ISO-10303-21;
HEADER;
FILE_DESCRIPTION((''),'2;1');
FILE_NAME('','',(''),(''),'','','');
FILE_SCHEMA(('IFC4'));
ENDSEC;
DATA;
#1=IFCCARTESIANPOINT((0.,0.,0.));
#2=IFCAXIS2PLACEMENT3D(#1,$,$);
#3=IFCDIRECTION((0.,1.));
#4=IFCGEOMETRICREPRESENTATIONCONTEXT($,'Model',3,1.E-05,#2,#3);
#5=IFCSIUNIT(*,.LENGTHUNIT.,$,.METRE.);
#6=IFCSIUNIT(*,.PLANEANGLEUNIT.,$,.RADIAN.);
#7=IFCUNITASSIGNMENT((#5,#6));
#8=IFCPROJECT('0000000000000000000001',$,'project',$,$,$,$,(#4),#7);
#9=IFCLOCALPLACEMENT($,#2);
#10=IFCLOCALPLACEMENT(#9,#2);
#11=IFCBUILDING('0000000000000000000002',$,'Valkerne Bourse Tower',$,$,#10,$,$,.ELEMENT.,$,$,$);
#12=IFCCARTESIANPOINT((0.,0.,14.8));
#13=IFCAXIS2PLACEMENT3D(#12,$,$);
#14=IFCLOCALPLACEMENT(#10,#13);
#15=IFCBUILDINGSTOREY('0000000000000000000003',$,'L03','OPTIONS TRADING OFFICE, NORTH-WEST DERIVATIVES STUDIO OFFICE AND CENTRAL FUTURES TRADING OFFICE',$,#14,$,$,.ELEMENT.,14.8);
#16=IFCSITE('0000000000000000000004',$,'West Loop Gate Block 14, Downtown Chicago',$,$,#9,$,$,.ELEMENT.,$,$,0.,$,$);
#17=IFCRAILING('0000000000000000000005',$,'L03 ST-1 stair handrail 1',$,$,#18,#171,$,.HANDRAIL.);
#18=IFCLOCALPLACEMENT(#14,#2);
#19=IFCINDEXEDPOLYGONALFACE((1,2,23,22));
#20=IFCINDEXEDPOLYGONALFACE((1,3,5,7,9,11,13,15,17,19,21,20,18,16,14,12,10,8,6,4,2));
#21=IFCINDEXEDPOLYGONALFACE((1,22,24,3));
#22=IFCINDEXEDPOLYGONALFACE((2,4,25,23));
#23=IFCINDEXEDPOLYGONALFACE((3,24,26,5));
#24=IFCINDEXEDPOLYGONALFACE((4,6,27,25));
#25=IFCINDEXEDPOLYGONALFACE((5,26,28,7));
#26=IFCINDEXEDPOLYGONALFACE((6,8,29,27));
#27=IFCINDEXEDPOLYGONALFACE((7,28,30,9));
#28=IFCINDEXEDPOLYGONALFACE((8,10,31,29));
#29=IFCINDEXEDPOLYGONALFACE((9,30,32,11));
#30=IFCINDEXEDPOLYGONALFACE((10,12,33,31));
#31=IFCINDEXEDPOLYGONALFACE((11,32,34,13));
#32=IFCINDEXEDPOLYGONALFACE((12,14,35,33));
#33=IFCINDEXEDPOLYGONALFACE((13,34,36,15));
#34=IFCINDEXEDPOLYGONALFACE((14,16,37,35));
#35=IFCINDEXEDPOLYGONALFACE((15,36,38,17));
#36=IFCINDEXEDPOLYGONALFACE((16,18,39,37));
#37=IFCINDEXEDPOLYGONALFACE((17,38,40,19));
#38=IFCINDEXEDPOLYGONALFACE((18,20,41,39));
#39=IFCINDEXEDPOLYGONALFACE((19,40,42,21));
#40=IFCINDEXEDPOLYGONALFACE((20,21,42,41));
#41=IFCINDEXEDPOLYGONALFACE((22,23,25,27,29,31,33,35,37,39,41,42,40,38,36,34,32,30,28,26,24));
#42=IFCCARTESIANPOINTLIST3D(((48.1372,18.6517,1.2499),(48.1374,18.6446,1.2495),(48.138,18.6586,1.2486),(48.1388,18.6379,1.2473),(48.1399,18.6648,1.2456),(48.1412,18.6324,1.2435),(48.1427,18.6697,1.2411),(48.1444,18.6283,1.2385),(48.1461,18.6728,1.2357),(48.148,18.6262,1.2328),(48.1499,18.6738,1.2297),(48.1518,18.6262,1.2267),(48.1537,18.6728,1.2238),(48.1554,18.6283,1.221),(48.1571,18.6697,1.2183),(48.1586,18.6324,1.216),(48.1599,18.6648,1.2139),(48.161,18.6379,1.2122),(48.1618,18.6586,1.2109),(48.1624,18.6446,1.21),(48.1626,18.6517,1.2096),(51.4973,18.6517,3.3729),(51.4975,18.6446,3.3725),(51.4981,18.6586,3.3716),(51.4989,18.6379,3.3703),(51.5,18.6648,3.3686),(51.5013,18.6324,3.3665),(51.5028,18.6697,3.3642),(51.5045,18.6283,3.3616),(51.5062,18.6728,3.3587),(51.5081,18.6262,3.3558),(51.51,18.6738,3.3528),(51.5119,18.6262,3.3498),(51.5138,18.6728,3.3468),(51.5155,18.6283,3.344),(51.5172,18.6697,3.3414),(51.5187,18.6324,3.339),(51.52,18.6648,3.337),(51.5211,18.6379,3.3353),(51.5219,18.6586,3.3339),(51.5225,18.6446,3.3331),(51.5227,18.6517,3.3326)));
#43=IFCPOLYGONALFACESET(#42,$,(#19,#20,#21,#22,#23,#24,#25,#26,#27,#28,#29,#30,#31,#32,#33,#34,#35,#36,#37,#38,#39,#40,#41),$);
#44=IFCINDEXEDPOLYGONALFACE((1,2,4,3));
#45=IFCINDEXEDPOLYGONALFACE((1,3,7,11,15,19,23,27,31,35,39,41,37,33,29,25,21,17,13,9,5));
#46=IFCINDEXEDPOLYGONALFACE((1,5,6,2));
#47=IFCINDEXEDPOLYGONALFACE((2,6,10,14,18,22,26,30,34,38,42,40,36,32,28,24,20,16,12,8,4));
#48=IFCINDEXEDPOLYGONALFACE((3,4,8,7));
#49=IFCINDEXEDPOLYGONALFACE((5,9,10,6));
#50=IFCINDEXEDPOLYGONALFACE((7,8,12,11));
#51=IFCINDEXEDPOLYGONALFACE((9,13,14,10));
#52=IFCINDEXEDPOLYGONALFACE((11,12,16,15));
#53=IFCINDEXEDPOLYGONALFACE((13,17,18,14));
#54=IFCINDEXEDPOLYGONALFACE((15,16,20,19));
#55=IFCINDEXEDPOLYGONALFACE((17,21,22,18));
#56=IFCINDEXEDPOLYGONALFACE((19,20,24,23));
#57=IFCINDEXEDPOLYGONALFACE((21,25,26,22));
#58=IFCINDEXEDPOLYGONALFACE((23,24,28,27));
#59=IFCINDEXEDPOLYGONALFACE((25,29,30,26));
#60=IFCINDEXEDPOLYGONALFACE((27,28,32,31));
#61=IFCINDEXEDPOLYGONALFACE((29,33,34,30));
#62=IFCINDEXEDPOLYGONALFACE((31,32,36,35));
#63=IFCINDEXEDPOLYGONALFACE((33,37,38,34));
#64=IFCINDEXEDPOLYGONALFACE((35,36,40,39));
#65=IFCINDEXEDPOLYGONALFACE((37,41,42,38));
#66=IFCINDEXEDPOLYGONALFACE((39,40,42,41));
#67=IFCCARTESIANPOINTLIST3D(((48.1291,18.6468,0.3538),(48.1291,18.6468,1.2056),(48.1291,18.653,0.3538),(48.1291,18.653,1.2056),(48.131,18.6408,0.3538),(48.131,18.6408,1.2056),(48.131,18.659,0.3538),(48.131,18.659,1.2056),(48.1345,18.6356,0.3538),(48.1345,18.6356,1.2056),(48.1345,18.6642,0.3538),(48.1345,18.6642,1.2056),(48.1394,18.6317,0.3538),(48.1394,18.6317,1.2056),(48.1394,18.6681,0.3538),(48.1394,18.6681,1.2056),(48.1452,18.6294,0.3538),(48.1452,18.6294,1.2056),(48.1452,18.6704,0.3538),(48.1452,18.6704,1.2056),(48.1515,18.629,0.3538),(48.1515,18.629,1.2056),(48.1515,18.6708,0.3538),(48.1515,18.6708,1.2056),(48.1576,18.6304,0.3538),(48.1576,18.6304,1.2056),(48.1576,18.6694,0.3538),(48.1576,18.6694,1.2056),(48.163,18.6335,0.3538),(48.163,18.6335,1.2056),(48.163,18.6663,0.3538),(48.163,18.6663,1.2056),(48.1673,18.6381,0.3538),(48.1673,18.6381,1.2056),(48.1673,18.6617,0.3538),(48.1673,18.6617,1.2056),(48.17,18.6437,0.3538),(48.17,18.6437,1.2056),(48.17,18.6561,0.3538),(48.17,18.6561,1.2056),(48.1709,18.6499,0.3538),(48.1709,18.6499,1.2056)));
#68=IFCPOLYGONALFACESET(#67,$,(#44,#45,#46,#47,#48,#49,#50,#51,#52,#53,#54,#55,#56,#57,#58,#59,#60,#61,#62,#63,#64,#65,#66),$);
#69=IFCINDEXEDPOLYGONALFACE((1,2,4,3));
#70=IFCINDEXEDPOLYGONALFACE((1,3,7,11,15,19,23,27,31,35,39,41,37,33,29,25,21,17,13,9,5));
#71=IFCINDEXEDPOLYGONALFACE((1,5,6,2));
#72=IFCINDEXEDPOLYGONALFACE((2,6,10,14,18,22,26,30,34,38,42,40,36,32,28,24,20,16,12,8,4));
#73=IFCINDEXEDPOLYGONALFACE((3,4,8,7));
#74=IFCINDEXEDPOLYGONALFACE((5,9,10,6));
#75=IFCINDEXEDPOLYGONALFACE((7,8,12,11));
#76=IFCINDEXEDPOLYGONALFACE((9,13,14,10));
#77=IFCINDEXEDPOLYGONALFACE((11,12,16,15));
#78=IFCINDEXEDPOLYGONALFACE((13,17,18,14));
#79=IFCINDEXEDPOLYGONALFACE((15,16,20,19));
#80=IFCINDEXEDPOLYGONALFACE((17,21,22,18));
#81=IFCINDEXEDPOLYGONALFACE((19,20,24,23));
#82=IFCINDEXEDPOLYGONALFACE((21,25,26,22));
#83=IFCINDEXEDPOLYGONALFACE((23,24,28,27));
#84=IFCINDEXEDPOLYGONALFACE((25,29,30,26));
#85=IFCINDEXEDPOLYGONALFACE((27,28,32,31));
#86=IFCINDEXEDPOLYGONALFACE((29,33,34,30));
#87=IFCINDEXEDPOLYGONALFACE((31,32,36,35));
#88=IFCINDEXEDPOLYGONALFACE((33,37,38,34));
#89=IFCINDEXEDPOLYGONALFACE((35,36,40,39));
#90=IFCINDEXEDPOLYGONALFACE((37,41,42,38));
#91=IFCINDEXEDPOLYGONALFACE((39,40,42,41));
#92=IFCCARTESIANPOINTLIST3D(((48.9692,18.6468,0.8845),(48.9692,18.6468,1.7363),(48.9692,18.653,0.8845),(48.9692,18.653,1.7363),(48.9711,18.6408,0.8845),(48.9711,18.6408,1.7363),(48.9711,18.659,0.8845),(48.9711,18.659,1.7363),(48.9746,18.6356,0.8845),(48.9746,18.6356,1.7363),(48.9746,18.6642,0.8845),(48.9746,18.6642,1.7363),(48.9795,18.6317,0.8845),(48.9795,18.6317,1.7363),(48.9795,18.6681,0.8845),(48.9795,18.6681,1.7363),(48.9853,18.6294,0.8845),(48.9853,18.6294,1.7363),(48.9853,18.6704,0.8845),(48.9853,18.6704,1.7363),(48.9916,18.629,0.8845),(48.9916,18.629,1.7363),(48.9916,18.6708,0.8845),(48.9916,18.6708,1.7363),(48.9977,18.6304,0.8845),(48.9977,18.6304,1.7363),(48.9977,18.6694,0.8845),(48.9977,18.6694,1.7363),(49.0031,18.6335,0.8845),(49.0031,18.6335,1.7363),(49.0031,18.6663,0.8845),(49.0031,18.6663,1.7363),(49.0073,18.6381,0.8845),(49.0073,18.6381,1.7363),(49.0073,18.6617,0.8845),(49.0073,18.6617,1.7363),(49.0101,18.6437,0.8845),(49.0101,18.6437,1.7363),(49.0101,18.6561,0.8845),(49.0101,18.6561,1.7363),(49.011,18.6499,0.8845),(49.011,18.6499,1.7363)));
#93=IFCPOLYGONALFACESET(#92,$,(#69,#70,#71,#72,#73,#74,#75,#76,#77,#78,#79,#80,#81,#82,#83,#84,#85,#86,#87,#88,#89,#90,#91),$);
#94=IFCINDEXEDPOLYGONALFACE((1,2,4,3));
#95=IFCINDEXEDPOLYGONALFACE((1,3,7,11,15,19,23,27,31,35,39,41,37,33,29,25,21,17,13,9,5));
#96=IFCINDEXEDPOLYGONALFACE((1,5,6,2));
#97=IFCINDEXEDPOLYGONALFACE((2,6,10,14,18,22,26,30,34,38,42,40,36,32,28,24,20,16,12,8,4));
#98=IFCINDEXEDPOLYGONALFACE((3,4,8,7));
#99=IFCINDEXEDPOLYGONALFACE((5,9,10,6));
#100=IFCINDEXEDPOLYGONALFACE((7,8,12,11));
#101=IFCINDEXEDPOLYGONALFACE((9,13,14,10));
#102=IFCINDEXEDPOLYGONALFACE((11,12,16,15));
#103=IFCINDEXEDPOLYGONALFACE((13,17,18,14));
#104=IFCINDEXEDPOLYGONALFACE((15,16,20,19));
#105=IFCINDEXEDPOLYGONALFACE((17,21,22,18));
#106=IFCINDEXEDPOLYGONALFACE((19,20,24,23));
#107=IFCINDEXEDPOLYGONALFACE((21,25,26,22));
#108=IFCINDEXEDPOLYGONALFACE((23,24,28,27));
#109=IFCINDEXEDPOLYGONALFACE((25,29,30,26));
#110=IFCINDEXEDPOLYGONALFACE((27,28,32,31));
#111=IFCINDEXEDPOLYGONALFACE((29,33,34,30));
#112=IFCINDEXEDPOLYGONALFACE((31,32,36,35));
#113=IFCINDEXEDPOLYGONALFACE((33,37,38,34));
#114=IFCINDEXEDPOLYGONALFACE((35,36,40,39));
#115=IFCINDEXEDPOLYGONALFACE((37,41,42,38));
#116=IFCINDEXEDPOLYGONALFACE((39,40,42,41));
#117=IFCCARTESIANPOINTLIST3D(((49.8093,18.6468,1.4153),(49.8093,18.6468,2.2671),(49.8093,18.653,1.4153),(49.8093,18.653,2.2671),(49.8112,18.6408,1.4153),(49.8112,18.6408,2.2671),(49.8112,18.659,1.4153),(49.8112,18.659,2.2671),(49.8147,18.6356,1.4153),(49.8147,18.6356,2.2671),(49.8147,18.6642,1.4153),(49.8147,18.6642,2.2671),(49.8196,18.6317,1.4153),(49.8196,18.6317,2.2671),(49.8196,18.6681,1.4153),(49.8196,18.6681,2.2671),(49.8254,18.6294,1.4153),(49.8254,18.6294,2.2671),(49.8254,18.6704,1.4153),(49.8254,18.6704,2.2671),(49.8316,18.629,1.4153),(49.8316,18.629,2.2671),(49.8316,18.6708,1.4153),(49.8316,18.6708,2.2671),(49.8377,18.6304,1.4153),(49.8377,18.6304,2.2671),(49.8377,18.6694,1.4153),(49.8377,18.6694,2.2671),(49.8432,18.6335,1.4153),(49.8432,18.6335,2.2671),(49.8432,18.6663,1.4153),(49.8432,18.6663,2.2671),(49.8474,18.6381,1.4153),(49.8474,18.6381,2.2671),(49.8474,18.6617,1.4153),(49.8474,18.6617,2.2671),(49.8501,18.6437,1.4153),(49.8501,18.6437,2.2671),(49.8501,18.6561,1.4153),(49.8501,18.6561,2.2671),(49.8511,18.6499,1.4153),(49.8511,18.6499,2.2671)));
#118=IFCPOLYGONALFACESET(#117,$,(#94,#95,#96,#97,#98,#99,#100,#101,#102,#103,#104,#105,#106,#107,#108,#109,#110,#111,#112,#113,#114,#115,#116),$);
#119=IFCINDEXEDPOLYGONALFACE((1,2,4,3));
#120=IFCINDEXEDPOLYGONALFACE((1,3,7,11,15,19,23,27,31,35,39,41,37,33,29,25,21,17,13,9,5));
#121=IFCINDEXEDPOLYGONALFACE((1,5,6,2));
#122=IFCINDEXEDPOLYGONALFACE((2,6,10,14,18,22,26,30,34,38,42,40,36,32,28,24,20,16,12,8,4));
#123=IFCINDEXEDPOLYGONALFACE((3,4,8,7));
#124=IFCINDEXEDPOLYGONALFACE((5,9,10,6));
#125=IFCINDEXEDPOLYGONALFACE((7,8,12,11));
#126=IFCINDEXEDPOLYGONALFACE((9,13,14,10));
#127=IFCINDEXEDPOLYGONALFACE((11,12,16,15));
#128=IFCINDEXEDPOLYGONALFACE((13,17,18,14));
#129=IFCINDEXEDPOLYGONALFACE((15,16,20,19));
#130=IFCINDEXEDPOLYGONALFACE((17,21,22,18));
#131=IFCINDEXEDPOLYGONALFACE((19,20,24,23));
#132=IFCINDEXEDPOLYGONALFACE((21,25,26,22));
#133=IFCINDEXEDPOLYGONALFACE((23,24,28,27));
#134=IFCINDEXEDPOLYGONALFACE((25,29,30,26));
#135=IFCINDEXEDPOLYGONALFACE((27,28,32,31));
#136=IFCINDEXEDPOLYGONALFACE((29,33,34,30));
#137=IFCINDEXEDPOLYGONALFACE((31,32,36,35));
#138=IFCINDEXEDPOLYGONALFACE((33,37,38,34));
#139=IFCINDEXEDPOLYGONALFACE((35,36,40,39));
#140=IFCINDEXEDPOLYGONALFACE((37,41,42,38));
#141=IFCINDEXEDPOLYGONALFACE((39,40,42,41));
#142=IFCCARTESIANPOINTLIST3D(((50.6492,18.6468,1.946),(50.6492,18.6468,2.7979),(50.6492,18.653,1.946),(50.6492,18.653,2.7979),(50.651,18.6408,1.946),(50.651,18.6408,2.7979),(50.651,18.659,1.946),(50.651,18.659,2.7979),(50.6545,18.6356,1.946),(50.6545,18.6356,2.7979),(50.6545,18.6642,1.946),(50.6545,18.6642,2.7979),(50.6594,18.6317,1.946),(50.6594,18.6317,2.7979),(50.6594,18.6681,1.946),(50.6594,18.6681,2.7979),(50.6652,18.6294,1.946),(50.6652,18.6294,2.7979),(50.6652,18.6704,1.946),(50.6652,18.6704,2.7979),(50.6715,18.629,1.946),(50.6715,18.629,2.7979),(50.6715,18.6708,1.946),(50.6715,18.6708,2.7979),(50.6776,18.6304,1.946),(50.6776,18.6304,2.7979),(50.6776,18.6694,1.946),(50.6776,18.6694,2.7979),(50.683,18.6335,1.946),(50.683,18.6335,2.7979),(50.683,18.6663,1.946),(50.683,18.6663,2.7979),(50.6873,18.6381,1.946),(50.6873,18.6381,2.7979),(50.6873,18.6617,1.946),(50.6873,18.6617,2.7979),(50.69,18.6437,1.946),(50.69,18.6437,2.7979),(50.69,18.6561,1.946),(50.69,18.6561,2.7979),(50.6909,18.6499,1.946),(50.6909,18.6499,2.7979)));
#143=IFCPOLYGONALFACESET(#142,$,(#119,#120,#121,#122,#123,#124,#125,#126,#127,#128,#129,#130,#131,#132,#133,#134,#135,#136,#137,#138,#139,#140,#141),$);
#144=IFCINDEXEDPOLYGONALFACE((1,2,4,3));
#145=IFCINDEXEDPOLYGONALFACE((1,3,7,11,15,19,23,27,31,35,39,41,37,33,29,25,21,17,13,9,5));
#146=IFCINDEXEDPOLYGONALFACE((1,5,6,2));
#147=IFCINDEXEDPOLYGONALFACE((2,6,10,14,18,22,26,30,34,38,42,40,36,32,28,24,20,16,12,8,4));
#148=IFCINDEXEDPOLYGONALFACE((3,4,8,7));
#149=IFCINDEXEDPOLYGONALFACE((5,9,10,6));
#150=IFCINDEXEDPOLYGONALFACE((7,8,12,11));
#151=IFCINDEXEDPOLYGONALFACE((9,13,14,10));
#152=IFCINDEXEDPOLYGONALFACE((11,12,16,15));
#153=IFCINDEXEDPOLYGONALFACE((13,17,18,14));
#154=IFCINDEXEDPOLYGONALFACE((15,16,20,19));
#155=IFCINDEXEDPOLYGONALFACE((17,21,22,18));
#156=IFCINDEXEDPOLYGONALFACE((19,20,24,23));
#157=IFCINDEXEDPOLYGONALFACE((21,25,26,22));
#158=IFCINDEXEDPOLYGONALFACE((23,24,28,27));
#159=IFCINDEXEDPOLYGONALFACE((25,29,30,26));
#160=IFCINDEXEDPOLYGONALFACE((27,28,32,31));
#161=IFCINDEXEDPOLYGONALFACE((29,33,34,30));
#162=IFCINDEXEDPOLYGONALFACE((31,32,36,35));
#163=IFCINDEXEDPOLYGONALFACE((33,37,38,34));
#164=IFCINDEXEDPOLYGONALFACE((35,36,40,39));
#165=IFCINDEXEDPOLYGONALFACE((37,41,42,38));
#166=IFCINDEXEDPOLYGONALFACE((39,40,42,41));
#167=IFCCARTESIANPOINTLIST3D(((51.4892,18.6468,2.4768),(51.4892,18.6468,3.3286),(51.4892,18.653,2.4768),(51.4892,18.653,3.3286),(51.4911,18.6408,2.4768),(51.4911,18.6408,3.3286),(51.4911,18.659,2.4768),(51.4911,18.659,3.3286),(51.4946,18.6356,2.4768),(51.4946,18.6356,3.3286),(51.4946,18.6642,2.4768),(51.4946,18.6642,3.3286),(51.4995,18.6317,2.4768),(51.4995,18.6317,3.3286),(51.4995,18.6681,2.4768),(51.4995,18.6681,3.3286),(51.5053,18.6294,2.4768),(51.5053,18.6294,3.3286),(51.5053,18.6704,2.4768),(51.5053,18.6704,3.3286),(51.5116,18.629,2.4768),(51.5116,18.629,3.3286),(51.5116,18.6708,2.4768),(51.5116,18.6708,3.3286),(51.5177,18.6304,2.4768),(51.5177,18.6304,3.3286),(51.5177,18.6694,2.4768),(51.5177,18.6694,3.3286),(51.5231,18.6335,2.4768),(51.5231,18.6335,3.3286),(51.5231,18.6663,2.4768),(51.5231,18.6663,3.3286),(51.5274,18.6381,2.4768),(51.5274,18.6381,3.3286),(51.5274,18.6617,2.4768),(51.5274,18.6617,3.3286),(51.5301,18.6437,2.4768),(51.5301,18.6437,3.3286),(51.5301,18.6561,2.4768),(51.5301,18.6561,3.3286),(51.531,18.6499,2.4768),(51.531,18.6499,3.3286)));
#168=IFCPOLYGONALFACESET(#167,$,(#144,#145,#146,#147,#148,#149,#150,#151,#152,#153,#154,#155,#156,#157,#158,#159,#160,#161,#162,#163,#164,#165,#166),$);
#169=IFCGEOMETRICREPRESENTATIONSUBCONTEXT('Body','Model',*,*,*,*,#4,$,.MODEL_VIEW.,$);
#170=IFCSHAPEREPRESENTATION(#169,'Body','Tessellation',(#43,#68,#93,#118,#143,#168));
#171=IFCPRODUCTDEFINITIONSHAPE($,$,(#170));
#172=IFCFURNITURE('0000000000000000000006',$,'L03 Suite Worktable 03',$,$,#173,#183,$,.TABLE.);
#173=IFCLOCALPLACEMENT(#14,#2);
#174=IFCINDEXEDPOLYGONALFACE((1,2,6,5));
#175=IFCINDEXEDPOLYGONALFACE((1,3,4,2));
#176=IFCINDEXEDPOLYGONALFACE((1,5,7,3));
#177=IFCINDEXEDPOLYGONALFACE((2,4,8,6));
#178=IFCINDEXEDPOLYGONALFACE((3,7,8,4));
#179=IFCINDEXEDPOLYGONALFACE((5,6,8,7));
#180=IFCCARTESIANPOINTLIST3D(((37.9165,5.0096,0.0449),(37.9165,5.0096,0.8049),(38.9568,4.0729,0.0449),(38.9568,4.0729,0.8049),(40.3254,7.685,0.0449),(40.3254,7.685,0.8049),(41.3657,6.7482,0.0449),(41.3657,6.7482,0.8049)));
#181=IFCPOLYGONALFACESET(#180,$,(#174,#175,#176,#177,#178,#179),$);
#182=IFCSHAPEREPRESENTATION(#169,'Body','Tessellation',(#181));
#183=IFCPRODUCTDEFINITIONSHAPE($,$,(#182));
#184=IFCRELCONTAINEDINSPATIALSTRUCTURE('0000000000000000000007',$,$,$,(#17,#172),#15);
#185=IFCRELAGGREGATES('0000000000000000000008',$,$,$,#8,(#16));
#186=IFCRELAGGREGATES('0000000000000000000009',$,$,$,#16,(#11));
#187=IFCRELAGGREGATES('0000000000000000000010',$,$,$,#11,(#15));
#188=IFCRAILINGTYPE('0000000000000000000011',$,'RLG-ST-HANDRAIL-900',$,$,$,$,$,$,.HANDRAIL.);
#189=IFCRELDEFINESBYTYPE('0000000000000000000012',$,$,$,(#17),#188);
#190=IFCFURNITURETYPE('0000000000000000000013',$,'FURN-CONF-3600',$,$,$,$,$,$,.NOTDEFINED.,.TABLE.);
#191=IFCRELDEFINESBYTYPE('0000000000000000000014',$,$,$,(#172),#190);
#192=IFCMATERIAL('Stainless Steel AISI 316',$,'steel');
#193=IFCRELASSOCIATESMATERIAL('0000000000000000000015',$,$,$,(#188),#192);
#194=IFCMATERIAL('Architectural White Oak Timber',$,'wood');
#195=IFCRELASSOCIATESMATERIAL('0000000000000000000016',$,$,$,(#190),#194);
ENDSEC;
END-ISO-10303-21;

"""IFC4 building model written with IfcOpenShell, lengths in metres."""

from ifc_helpers import new_model, si_unit, direction, frame, origin, origin_2d, place, context, subcontext, project, spatial, rectangle, circle, extrude, material, type_object, element, save


model = new_model("IFC4")

# Units and contexts
model_context = context("Model", 3, precision=1e-05, world=origin(), true_north=direction((0.0, 1.0)))
body_context = subcontext(model_context, "Body", "Model", "MODEL_VIEW")
ifc_project = project(units=[si_unit("LENGTHUNIT", "METRE"), si_unit("PLANEANGLEUNIT", "RADIAN")], contexts=[model_context])

# Site, building, storey
site_placement = place(None, origin())
site = spatial("IfcSite", under=ifc_project, at=site_placement, Name="West Loop Gate Block 14, Downtown Chicago", CompositionType="ELEMENT", RefElevation=0.0)
building_placement = place(site_placement, origin())
building = spatial("IfcBuilding", under=site, at=building_placement, Name="Valkerne Bourse Tower", CompositionType="ELEMENT")
storey_placement = place(building_placement, frame((0.0, 0.0, 14.8)))
storey = spatial("IfcBuildingStorey", under=building, at=storey_placement, Name="L03", Description="OPTIONS TRADING OFFICE, NORTH-WEST DERIVATIVES STUDIO OFFICE AND CENTRAL FUTURES TRADING OFFICE", CompositionType="ELEMENT", Elevation=14.8)

# Shared definitions
ifc_material_1 = material(Name="Stainless Steel AISI 316", Category="steel")

# Railing
railing_type_1 = type_object("IfcRailingType", Name="RLG-ST-HANDRAIL-900", PredefinedType="HANDRAIL", material=ifc_material_1)
railing_1_placement = place(storey_placement, frame((48.1499, 18.6499, 0.3538)))
element("IfcRailing", 1, at=railing_1_placement, inside=storey, type_object=railing_type_1, Name="L03 ST-1 stair handrail 1", PredefinedType="HANDRAIL", context=body_context, shape_type="SweptSolid", body=[
    extrude(circle(Radius=0.0239, at=origin_2d()), frame((0.0, 0.0, 0.876), z_axis=(0.84539, 0.0, 0.53415), x_axis=(0.0, 1.0, 0.0)), (0.0, 0.0, 1.0), 3.9746),
    extrude(circle(Radius=0.021, at=origin_2d()), origin(), (0.0, 0.0, 1.0), 0.8518),
    extrude(circle(Radius=0.021, at=origin_2d()), frame((0.8401, 0.0, 0.5308)), (0.0, 0.0, 1.0), 0.8518),
    extrude(circle(Radius=0.021, at=origin_2d()), frame((1.6802, 0.0, 1.0615)), (0.0, 0.0, 1.0), 0.8518),
    extrude(circle(Radius=0.021, at=origin_2d()), frame((2.52, 0.0, 1.5923)), (0.0, 0.0, 1.0), 0.8518),
    extrude(circle(Radius=0.021, at=origin_2d()), frame((3.3601, 0.0, 2.123)), (0.0, 0.0, 1.0), 0.8518),
])

# Furniture
ifc_material_2 = material(Name="Architectural White Oak Timber", Category="wood")
furniture_type = type_object("IfcFurnitureType", Name="FURN-CONF-3600", AssemblyPlace="NOTDEFINED", PredefinedType="TABLE", material=ifc_material_2)
furniture_placement = place(storey_placement, frame((39.6411, 5.8789, 0.0449), z_axis=(0.0, 0.0, 1.0), x_axis=(0.669131, 0.743145, 0.0)))
element("IfcFurniture", 2, at=furniture_placement, inside=storey, type_object=furniture_type, Name="L03 Suite Worktable 03", PredefinedType="TABLE", context=body_context, shape_type="SweptSolid", body=[
    extrude(rectangle(XDim=3.6001, YDim=1.3999, at=origin_2d()), origin(), (0.0, 0.0, 1.0), 0.76),
])

save(model, "model.ifc")
